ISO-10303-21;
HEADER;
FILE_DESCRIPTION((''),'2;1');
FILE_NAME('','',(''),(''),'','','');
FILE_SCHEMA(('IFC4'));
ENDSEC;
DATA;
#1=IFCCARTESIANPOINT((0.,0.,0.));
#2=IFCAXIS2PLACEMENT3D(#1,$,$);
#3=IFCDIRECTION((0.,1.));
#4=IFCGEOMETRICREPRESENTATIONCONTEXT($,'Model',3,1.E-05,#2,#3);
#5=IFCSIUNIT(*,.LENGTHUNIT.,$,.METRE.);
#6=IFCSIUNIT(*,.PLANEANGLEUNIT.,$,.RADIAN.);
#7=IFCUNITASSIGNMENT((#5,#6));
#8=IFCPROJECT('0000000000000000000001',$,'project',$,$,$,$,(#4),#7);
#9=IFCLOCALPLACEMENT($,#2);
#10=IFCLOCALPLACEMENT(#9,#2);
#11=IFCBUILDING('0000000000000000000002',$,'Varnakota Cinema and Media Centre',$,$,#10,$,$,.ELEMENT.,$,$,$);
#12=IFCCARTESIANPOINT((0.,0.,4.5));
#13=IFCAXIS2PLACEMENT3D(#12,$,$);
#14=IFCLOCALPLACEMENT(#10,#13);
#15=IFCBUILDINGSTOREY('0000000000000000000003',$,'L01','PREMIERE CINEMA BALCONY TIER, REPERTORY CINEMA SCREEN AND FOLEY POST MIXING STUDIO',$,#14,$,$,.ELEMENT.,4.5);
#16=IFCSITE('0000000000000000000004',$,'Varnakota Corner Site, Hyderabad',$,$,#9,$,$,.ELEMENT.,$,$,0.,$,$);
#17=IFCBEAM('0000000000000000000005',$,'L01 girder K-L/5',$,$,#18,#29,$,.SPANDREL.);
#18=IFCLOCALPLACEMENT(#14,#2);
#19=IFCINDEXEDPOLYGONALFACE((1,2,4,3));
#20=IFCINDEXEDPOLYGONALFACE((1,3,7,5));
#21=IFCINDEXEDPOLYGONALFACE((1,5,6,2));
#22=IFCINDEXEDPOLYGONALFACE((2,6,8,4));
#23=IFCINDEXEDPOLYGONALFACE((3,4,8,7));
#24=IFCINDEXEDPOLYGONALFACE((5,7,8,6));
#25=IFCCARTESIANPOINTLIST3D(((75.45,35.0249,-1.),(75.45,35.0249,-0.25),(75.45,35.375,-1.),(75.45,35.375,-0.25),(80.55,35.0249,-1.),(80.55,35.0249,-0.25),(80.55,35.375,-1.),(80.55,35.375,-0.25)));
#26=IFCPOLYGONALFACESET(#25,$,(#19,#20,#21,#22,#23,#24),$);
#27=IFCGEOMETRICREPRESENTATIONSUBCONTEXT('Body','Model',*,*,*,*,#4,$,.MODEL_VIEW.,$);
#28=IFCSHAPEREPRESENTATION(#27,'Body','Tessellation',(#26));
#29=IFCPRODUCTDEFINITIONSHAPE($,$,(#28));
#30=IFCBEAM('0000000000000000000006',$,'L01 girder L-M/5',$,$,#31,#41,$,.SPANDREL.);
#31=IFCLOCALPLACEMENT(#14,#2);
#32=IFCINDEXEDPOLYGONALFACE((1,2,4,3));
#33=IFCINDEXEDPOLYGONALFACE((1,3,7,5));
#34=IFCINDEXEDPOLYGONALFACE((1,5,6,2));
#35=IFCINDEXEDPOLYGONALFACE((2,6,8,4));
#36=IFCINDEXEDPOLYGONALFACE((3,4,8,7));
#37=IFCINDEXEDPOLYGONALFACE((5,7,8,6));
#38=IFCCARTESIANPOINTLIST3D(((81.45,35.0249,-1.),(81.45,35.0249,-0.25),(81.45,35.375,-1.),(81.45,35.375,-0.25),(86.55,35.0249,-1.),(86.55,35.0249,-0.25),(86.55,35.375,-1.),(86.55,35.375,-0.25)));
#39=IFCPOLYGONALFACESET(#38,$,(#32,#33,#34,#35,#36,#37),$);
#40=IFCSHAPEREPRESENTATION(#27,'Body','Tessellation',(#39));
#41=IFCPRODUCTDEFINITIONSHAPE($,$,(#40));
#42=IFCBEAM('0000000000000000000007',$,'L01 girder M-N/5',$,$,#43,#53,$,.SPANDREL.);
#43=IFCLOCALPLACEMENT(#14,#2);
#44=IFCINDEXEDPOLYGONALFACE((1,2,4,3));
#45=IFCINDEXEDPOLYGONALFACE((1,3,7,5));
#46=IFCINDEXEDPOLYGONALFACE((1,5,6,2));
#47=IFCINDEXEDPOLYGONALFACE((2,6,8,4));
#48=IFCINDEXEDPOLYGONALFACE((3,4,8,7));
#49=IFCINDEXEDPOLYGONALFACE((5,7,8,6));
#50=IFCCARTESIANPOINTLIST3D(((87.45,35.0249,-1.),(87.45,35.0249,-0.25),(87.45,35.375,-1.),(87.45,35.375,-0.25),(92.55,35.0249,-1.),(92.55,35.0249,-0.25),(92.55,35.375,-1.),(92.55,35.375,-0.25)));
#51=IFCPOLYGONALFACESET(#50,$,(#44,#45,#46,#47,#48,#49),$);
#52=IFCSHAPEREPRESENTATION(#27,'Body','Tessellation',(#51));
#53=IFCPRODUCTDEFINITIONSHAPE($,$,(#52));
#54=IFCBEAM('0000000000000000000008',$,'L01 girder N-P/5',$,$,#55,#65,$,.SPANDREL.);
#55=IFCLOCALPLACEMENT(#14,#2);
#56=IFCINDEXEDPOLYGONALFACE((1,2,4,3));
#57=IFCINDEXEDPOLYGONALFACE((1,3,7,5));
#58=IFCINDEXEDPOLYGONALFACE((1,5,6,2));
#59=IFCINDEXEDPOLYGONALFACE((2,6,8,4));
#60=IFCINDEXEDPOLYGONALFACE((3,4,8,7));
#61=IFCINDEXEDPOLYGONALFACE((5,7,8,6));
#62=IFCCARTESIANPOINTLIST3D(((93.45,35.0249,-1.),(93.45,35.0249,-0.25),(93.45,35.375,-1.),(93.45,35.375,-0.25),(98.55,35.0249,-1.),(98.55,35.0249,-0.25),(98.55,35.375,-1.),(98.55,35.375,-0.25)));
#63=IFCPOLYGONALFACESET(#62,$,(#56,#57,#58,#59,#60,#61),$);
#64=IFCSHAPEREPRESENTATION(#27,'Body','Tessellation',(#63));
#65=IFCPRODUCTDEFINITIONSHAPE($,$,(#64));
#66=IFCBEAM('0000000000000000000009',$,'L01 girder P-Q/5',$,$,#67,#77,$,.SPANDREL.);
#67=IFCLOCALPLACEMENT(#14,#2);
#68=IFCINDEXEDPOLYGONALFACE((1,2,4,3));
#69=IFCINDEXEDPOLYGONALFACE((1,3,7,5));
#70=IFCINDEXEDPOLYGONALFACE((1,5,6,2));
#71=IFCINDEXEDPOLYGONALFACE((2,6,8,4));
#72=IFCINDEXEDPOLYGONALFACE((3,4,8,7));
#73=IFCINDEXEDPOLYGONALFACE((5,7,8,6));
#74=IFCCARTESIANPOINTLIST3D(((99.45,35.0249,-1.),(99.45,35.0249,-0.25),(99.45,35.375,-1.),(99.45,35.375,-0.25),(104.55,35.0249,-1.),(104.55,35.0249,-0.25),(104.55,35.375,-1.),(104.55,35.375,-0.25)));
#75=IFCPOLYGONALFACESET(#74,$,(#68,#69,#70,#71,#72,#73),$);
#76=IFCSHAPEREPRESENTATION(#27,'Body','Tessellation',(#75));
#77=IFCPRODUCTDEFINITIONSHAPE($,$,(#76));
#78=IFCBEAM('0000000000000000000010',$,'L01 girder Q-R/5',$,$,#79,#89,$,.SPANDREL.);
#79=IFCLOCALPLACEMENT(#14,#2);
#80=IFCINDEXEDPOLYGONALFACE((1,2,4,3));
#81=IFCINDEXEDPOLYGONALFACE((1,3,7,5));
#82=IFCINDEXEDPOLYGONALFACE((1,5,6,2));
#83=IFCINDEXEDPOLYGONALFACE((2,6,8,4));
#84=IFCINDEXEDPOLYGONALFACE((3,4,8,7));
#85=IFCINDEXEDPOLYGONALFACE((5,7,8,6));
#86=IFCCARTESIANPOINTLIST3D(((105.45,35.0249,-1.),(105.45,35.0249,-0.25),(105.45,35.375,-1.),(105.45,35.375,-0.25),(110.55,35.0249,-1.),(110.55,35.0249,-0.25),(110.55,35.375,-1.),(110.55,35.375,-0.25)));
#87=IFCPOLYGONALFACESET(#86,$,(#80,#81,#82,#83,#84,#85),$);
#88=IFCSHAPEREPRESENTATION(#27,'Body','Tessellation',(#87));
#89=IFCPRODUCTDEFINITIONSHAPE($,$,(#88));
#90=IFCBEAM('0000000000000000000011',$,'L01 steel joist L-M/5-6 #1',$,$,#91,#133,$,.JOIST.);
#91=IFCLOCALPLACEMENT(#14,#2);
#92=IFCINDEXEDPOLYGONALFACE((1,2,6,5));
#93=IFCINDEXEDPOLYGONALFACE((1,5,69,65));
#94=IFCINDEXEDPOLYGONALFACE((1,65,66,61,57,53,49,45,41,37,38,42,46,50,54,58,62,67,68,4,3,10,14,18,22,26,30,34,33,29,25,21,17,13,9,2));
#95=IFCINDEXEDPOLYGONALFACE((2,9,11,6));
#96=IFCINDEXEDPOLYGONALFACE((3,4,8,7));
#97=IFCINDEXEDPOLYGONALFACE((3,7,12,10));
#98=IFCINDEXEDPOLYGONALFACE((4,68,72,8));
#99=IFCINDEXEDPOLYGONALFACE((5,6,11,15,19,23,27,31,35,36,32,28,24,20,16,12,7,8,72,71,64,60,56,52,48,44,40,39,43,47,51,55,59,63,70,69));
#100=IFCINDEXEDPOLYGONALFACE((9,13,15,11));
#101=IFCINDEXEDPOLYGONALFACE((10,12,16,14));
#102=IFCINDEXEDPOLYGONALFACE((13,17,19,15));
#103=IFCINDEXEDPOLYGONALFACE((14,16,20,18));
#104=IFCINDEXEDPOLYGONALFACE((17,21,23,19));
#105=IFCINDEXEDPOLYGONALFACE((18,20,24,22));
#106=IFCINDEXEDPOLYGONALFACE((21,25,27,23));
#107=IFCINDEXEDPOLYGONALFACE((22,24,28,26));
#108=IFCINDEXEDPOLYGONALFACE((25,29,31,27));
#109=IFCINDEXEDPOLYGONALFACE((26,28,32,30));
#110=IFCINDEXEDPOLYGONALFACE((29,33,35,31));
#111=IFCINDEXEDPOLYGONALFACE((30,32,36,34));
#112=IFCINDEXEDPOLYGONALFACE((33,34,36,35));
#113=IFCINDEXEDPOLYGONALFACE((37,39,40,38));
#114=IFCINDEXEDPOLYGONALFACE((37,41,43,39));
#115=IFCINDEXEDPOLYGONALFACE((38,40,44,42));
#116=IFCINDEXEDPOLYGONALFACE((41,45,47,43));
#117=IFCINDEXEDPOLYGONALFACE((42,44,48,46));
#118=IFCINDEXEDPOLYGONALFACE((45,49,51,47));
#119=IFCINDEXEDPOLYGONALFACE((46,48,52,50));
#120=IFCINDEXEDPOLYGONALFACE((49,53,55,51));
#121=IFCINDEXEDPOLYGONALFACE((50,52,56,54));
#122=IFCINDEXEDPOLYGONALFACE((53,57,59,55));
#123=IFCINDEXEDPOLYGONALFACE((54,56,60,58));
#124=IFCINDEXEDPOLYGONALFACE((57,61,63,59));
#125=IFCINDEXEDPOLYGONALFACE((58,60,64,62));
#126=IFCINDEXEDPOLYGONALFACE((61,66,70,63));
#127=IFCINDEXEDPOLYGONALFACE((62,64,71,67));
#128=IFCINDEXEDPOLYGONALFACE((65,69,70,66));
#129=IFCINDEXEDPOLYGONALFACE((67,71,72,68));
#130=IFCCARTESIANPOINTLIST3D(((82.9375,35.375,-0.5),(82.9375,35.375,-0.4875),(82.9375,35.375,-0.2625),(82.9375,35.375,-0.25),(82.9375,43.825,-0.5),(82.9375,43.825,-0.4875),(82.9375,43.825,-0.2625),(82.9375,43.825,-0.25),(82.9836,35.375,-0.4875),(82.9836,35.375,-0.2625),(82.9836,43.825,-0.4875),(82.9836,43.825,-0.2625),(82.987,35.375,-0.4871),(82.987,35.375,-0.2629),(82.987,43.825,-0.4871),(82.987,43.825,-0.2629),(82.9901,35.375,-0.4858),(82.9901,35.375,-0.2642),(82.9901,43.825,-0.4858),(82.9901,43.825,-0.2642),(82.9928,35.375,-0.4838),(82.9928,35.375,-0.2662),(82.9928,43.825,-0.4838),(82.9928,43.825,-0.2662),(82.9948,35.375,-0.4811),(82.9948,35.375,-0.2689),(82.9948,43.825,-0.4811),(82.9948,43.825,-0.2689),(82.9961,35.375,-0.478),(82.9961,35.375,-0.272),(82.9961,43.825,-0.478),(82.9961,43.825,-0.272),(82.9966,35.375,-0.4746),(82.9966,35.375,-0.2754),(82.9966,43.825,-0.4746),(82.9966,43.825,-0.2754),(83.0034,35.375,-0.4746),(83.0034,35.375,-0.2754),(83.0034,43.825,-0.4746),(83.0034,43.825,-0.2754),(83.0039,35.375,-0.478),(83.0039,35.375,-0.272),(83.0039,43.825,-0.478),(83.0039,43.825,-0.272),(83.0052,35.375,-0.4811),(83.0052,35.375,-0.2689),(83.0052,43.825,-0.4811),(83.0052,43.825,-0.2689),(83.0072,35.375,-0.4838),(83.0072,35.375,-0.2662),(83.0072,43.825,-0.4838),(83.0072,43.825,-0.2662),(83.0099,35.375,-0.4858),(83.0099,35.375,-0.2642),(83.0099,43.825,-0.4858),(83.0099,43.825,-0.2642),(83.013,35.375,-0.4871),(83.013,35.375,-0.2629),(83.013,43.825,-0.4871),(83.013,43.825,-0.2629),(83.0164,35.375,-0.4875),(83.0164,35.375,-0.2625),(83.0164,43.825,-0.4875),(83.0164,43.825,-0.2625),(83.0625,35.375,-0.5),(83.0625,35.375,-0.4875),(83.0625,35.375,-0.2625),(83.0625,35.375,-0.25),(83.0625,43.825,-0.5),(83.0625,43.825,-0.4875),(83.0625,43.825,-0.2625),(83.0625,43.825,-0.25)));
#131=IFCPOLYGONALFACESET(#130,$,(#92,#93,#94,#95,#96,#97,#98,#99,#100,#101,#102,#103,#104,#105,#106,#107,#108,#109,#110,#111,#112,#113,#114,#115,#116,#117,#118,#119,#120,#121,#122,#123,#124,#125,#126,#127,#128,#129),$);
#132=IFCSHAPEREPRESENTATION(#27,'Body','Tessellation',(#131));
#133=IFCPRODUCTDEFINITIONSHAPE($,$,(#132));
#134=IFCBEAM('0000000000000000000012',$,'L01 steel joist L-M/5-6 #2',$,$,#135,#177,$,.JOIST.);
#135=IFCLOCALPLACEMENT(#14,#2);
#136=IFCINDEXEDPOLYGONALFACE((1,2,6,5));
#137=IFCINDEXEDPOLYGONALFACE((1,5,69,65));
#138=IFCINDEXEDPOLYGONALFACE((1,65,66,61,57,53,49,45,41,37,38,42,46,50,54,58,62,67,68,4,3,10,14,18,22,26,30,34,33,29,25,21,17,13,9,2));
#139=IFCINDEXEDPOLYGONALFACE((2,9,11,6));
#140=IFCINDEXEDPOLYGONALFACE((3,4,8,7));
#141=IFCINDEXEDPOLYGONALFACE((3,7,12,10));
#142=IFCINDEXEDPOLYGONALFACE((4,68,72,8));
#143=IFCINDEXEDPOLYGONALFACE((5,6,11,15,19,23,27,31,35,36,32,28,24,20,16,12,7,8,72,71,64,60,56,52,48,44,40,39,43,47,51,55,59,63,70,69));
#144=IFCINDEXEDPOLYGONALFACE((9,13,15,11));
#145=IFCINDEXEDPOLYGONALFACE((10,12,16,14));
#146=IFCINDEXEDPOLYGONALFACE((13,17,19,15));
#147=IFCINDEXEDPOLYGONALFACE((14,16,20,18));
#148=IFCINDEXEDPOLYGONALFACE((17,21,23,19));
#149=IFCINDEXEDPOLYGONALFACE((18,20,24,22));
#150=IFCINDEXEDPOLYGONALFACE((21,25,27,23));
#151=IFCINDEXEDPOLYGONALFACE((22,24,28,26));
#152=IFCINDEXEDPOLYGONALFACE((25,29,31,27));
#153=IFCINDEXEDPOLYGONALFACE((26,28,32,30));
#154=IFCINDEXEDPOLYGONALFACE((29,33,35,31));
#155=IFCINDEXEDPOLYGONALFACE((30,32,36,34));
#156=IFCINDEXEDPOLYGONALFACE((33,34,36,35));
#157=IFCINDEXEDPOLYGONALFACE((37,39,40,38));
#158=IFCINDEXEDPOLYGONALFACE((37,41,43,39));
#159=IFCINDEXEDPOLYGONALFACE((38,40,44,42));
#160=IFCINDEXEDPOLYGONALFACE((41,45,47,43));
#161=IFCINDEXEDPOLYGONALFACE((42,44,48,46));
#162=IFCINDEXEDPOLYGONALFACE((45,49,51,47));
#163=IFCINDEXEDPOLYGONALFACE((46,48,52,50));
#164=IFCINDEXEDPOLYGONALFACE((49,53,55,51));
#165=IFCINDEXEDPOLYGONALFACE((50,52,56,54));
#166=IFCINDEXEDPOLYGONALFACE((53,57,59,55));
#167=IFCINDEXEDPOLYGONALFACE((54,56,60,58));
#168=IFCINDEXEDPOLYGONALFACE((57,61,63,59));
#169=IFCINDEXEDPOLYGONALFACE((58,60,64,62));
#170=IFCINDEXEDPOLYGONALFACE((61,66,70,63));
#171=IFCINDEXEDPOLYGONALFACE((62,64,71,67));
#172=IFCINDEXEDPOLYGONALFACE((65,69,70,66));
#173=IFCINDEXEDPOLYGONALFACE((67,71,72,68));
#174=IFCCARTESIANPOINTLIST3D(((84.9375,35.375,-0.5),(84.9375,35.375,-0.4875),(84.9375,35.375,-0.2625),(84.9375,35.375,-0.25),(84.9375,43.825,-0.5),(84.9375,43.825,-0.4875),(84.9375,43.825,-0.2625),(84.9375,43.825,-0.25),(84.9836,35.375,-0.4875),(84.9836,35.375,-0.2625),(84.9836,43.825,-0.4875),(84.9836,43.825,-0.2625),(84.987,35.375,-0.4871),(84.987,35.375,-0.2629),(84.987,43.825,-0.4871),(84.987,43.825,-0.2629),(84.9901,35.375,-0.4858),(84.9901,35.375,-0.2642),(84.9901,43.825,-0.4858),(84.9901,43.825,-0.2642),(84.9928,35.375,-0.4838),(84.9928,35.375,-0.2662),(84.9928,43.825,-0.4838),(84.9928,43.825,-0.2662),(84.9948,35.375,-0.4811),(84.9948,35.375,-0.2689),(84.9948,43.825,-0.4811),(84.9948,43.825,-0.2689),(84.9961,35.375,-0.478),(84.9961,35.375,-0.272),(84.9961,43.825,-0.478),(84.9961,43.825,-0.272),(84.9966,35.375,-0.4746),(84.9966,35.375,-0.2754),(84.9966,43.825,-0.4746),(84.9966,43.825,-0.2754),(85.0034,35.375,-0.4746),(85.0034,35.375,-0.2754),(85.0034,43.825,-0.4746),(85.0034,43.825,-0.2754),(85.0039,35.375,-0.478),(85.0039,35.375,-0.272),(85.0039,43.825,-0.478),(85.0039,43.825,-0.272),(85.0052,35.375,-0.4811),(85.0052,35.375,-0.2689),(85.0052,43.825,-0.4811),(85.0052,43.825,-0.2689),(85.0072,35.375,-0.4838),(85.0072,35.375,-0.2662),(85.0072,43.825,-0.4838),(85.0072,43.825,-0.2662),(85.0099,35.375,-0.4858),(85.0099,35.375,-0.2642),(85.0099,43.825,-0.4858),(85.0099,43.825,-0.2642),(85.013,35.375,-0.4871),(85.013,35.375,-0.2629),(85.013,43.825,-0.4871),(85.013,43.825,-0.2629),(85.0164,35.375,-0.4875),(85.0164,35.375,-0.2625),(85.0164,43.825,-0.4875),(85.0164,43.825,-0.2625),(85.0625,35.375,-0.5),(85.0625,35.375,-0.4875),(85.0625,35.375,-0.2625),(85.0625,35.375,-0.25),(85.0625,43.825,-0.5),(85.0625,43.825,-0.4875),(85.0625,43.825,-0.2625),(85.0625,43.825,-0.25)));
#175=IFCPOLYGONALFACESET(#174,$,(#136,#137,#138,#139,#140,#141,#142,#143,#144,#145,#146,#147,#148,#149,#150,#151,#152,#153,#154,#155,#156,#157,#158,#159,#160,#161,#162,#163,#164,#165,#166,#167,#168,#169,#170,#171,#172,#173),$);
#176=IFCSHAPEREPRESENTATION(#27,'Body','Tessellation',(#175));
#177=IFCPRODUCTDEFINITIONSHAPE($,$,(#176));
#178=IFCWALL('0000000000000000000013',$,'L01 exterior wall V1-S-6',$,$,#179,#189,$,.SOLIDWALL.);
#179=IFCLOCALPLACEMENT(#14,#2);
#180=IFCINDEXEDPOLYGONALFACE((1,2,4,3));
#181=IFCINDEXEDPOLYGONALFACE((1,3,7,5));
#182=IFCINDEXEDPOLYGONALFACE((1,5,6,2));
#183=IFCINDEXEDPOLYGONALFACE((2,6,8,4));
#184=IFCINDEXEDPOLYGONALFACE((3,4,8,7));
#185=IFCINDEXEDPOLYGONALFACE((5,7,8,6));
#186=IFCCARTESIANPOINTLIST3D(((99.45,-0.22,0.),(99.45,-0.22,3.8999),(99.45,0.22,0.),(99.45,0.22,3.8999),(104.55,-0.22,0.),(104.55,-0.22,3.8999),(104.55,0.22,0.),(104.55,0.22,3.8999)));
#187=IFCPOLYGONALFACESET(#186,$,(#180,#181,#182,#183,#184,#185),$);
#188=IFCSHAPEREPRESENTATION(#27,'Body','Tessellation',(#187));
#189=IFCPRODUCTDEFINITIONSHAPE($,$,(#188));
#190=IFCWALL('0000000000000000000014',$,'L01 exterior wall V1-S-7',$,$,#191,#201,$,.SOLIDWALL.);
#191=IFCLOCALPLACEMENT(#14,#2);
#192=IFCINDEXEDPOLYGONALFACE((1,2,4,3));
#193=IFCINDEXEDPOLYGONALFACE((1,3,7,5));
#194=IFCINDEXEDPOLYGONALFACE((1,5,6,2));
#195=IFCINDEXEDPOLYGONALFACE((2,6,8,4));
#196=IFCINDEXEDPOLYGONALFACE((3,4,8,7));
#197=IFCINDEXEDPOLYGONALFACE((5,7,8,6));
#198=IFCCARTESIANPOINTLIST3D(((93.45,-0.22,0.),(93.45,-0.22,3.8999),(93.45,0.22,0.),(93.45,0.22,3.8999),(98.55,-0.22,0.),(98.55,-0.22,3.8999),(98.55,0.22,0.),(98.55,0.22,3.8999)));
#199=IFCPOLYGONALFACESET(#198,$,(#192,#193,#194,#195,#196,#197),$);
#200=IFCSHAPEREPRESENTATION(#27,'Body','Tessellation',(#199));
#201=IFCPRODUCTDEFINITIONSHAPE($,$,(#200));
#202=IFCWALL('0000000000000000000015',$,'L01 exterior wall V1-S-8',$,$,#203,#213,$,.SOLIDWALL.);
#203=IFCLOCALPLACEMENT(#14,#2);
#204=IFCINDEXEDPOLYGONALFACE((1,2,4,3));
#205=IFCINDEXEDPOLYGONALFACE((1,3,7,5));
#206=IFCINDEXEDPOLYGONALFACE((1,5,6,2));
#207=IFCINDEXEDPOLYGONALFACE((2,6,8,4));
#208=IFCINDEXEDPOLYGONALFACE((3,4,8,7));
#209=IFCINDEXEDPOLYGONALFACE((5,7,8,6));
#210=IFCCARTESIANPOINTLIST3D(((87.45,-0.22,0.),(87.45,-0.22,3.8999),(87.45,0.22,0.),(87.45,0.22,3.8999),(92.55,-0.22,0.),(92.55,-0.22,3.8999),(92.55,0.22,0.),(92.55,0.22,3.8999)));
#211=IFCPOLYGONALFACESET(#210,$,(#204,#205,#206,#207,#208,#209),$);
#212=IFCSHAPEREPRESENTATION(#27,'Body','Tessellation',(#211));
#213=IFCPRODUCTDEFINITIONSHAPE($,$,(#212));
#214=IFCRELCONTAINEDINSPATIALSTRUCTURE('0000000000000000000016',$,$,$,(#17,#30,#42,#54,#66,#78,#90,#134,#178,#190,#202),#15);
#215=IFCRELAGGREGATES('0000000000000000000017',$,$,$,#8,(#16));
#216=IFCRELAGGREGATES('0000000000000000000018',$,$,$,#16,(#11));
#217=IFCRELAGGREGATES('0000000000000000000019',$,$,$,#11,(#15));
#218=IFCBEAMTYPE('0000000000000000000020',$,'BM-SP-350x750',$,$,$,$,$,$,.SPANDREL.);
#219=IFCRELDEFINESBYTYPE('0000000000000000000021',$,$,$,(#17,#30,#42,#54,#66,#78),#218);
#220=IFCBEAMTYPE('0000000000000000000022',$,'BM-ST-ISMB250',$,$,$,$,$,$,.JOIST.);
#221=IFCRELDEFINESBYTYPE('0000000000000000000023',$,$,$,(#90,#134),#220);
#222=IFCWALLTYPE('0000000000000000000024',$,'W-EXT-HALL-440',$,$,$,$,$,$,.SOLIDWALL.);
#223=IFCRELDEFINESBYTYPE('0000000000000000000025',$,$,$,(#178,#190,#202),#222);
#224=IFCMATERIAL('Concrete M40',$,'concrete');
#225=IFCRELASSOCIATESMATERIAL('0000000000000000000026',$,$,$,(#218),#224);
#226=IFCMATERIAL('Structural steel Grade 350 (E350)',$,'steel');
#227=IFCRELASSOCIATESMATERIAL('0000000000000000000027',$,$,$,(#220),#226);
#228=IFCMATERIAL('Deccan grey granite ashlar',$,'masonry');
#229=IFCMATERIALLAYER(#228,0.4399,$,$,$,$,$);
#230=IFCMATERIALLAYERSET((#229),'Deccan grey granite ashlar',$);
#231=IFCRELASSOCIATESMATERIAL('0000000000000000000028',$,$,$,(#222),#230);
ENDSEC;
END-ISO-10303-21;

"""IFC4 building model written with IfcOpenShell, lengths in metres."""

from ifc_helpers import new_model, si_unit, direction, frame, frame_2d, origin, origin_2d, place, context, subcontext, project, spatial, rectangle, i_section, extrude, material, layer, layer_set, material_profile, profile_set, type_object, element, save


model = new_model("IFC4")

# Units and contexts
model_context = context("Model", 3, precision=1e-05, world=origin(), true_north=direction((0.0, 1.0)))
body_context = subcontext(model_context, "Body", "Model", "MODEL_VIEW")
ifc_project = project(units=[si_unit("LENGTHUNIT", "METRE"), si_unit("PLANEANGLEUNIT", "RADIAN")], contexts=[model_context])

# Site, building, storey
site_placement = place(None, origin())
site = spatial("IfcSite", under=ifc_project, at=site_placement, Name="Varnakota Corner Site, Hyderabad", CompositionType="ELEMENT", RefElevation=0.0)
building_placement = place(site_placement, origin())
building = spatial("IfcBuilding", under=site, at=building_placement, Name="Varnakota Cinema and Media Centre", CompositionType="ELEMENT")
storey_placement = place(building_placement, frame((0.0, 0.0, 4.5)))
storey = spatial("IfcBuildingStorey", under=building, at=storey_placement, Name="L01", Description="PREMIERE CINEMA BALCONY TIER, REPERTORY CINEMA SCREEN AND FOLEY POST MIXING STUDIO", CompositionType="ELEMENT", Elevation=4.5)

# Beams
ifc_material_1 = material(Name="Concrete M40", Category="concrete")
ifc_material_profile_1 = material_profile(ifc_material_1, rectangle(XDim=0.3501, YDim=0.75, at=origin_2d()), Name="RCB 350x750")
ifc_profile_set_1 = profile_set([ifc_material_profile_1], Name="Concrete M40")
beam_type_1 = type_object("IfcBeamType", Name="BM-SP-350x750", PredefinedType="SPANDREL", material=ifc_profile_set_1)
for number, where, z_axis, x_axis, name in (
    (1, (75.45, 35.2, -0.625), (1.0, 0.0, 0.0), (0.0, 1.0, 0.0), "L01 girder K-L/5"),
    (2, (81.45, 35.2, -0.625), (1.0, 0.0, 0.0), (0.0, 1.0, 0.0), "L01 girder L-M/5"),
    (3, (87.45, 35.2, -0.625), (1.0, 0.0, 0.0), (0.0, 1.0, 0.0), "L01 girder M-N/5"),
    (4, (93.45, 35.2, -0.625), (1.0, 0.0, 0.0), (0.0, 1.0, 0.0), "L01 girder N-P/5"),
    (5, (99.45, 35.2, -0.625), (1.0, 0.0, 0.0), (0.0, 1.0, 0.0), "L01 girder P-Q/5"),
    (6, (105.45, 35.2, -0.625), (1.0, 0.0, 0.0), (0.0, 1.0, 0.0), "L01 girder Q-R/5"),
):
    element("IfcBeam", number, at=place(storey_placement, frame(where, z_axis=z_axis, x_axis=x_axis)), inside=storey, type_object=beam_type_1, Name=name, PredefinedType="SPANDREL", context=body_context, shape_type="SweptSolid", body=[
        extrude(rectangle(XDim=0.3501, YDim=0.75, at=origin_2d()), origin(), (0.0, 0.0, 1.0), 5.1001),
    ])
ifc_material_2 = material(Name="Structural steel Grade 350 (E350)", Category="steel")
ifc_material_profile_2 = material_profile(ifc_material_2, i_section(OverallWidth=0.125, OverallDepth=0.25, WebThickness=0.0068, FlangeThickness=0.0125, FilletRadius=0.0129, at=origin_2d()), Name="ISMB 250")
ifc_profile_set_2 = profile_set([ifc_material_profile_2], Name="Structural steel Grade 350 (E350)")
beam_type_2 = type_object("IfcBeamType", Name="BM-ST-ISMB250", PredefinedType="JOIST", material=ifc_profile_set_2)
for number, where, z_axis, x_axis, name in (
    (7, (83.0, 35.375, -0.375), (0.0, 1.0, 0.0), (-1.0, 0.0, 0.0), "L01 steel joist L-M/5-6 #1"),
    (8, (85.0, 35.375, -0.375), (0.0, 1.0, 0.0), (-1.0, 0.0, 0.0), "L01 steel joist L-M/5-6 #2"),
):
    element("IfcBeam", number, at=place(storey_placement, frame(where, z_axis=z_axis, x_axis=x_axis)), inside=storey, type_object=beam_type_2, Name=name, PredefinedType="JOIST", context=body_context, shape_type="SweptSolid", body=[
        extrude(i_section(OverallWidth=0.125, OverallDepth=0.25, WebThickness=0.0068, FlangeThickness=0.0125, FilletRadius=0.0129, at=origin_2d()), origin(), (0.0, 0.0, 1.0), 8.45),
    ])

# Walls
ifc_material_3 = material(Name="Deccan grey granite ashlar", Category="masonry")
ifc_layer_1 = layer(ifc_material_3, 0.4399)
ifc_layer_set_1 = layer_set([ifc_layer_1], Name="Deccan grey granite ashlar")
wall_type_1 = type_object("IfcWallType", Name="W-EXT-HALL-440", PredefinedType="SOLIDWALL", material=ifc_layer_set_1)
for number, where, z_axis, x_axis, name in (
    (9, (104.55, 0.0, 0.0), (0.0, 0.0, 1.0), (-1.0, 0.0, 0.0), "L01 exterior wall V1-S-6"),
    (10, (98.55, 0.0, 0.0), (0.0, 0.0, 1.0), (-1.0, 0.0, 0.0), "L01 exterior wall V1-S-7"),
    (11, (92.55, 0.0, 0.0), (0.0, 0.0, 1.0), (-1.0, 0.0, 0.0), "L01 exterior wall V1-S-8"),
):
    element("IfcWall", number, at=place(storey_placement, frame(where, z_axis=z_axis, x_axis=x_axis)), inside=storey, type_object=wall_type_1, Name=name, PredefinedType="SOLIDWALL", context=body_context, shape_type="SweptSolid", body=[
        extrude(rectangle(XDim=5.1001, YDim=0.4399, at=frame_2d((2.55, 0.0))), origin(), (0.0, 0.0, 1.0), 3.8999),
    ])

save(model, "model.ifc")
